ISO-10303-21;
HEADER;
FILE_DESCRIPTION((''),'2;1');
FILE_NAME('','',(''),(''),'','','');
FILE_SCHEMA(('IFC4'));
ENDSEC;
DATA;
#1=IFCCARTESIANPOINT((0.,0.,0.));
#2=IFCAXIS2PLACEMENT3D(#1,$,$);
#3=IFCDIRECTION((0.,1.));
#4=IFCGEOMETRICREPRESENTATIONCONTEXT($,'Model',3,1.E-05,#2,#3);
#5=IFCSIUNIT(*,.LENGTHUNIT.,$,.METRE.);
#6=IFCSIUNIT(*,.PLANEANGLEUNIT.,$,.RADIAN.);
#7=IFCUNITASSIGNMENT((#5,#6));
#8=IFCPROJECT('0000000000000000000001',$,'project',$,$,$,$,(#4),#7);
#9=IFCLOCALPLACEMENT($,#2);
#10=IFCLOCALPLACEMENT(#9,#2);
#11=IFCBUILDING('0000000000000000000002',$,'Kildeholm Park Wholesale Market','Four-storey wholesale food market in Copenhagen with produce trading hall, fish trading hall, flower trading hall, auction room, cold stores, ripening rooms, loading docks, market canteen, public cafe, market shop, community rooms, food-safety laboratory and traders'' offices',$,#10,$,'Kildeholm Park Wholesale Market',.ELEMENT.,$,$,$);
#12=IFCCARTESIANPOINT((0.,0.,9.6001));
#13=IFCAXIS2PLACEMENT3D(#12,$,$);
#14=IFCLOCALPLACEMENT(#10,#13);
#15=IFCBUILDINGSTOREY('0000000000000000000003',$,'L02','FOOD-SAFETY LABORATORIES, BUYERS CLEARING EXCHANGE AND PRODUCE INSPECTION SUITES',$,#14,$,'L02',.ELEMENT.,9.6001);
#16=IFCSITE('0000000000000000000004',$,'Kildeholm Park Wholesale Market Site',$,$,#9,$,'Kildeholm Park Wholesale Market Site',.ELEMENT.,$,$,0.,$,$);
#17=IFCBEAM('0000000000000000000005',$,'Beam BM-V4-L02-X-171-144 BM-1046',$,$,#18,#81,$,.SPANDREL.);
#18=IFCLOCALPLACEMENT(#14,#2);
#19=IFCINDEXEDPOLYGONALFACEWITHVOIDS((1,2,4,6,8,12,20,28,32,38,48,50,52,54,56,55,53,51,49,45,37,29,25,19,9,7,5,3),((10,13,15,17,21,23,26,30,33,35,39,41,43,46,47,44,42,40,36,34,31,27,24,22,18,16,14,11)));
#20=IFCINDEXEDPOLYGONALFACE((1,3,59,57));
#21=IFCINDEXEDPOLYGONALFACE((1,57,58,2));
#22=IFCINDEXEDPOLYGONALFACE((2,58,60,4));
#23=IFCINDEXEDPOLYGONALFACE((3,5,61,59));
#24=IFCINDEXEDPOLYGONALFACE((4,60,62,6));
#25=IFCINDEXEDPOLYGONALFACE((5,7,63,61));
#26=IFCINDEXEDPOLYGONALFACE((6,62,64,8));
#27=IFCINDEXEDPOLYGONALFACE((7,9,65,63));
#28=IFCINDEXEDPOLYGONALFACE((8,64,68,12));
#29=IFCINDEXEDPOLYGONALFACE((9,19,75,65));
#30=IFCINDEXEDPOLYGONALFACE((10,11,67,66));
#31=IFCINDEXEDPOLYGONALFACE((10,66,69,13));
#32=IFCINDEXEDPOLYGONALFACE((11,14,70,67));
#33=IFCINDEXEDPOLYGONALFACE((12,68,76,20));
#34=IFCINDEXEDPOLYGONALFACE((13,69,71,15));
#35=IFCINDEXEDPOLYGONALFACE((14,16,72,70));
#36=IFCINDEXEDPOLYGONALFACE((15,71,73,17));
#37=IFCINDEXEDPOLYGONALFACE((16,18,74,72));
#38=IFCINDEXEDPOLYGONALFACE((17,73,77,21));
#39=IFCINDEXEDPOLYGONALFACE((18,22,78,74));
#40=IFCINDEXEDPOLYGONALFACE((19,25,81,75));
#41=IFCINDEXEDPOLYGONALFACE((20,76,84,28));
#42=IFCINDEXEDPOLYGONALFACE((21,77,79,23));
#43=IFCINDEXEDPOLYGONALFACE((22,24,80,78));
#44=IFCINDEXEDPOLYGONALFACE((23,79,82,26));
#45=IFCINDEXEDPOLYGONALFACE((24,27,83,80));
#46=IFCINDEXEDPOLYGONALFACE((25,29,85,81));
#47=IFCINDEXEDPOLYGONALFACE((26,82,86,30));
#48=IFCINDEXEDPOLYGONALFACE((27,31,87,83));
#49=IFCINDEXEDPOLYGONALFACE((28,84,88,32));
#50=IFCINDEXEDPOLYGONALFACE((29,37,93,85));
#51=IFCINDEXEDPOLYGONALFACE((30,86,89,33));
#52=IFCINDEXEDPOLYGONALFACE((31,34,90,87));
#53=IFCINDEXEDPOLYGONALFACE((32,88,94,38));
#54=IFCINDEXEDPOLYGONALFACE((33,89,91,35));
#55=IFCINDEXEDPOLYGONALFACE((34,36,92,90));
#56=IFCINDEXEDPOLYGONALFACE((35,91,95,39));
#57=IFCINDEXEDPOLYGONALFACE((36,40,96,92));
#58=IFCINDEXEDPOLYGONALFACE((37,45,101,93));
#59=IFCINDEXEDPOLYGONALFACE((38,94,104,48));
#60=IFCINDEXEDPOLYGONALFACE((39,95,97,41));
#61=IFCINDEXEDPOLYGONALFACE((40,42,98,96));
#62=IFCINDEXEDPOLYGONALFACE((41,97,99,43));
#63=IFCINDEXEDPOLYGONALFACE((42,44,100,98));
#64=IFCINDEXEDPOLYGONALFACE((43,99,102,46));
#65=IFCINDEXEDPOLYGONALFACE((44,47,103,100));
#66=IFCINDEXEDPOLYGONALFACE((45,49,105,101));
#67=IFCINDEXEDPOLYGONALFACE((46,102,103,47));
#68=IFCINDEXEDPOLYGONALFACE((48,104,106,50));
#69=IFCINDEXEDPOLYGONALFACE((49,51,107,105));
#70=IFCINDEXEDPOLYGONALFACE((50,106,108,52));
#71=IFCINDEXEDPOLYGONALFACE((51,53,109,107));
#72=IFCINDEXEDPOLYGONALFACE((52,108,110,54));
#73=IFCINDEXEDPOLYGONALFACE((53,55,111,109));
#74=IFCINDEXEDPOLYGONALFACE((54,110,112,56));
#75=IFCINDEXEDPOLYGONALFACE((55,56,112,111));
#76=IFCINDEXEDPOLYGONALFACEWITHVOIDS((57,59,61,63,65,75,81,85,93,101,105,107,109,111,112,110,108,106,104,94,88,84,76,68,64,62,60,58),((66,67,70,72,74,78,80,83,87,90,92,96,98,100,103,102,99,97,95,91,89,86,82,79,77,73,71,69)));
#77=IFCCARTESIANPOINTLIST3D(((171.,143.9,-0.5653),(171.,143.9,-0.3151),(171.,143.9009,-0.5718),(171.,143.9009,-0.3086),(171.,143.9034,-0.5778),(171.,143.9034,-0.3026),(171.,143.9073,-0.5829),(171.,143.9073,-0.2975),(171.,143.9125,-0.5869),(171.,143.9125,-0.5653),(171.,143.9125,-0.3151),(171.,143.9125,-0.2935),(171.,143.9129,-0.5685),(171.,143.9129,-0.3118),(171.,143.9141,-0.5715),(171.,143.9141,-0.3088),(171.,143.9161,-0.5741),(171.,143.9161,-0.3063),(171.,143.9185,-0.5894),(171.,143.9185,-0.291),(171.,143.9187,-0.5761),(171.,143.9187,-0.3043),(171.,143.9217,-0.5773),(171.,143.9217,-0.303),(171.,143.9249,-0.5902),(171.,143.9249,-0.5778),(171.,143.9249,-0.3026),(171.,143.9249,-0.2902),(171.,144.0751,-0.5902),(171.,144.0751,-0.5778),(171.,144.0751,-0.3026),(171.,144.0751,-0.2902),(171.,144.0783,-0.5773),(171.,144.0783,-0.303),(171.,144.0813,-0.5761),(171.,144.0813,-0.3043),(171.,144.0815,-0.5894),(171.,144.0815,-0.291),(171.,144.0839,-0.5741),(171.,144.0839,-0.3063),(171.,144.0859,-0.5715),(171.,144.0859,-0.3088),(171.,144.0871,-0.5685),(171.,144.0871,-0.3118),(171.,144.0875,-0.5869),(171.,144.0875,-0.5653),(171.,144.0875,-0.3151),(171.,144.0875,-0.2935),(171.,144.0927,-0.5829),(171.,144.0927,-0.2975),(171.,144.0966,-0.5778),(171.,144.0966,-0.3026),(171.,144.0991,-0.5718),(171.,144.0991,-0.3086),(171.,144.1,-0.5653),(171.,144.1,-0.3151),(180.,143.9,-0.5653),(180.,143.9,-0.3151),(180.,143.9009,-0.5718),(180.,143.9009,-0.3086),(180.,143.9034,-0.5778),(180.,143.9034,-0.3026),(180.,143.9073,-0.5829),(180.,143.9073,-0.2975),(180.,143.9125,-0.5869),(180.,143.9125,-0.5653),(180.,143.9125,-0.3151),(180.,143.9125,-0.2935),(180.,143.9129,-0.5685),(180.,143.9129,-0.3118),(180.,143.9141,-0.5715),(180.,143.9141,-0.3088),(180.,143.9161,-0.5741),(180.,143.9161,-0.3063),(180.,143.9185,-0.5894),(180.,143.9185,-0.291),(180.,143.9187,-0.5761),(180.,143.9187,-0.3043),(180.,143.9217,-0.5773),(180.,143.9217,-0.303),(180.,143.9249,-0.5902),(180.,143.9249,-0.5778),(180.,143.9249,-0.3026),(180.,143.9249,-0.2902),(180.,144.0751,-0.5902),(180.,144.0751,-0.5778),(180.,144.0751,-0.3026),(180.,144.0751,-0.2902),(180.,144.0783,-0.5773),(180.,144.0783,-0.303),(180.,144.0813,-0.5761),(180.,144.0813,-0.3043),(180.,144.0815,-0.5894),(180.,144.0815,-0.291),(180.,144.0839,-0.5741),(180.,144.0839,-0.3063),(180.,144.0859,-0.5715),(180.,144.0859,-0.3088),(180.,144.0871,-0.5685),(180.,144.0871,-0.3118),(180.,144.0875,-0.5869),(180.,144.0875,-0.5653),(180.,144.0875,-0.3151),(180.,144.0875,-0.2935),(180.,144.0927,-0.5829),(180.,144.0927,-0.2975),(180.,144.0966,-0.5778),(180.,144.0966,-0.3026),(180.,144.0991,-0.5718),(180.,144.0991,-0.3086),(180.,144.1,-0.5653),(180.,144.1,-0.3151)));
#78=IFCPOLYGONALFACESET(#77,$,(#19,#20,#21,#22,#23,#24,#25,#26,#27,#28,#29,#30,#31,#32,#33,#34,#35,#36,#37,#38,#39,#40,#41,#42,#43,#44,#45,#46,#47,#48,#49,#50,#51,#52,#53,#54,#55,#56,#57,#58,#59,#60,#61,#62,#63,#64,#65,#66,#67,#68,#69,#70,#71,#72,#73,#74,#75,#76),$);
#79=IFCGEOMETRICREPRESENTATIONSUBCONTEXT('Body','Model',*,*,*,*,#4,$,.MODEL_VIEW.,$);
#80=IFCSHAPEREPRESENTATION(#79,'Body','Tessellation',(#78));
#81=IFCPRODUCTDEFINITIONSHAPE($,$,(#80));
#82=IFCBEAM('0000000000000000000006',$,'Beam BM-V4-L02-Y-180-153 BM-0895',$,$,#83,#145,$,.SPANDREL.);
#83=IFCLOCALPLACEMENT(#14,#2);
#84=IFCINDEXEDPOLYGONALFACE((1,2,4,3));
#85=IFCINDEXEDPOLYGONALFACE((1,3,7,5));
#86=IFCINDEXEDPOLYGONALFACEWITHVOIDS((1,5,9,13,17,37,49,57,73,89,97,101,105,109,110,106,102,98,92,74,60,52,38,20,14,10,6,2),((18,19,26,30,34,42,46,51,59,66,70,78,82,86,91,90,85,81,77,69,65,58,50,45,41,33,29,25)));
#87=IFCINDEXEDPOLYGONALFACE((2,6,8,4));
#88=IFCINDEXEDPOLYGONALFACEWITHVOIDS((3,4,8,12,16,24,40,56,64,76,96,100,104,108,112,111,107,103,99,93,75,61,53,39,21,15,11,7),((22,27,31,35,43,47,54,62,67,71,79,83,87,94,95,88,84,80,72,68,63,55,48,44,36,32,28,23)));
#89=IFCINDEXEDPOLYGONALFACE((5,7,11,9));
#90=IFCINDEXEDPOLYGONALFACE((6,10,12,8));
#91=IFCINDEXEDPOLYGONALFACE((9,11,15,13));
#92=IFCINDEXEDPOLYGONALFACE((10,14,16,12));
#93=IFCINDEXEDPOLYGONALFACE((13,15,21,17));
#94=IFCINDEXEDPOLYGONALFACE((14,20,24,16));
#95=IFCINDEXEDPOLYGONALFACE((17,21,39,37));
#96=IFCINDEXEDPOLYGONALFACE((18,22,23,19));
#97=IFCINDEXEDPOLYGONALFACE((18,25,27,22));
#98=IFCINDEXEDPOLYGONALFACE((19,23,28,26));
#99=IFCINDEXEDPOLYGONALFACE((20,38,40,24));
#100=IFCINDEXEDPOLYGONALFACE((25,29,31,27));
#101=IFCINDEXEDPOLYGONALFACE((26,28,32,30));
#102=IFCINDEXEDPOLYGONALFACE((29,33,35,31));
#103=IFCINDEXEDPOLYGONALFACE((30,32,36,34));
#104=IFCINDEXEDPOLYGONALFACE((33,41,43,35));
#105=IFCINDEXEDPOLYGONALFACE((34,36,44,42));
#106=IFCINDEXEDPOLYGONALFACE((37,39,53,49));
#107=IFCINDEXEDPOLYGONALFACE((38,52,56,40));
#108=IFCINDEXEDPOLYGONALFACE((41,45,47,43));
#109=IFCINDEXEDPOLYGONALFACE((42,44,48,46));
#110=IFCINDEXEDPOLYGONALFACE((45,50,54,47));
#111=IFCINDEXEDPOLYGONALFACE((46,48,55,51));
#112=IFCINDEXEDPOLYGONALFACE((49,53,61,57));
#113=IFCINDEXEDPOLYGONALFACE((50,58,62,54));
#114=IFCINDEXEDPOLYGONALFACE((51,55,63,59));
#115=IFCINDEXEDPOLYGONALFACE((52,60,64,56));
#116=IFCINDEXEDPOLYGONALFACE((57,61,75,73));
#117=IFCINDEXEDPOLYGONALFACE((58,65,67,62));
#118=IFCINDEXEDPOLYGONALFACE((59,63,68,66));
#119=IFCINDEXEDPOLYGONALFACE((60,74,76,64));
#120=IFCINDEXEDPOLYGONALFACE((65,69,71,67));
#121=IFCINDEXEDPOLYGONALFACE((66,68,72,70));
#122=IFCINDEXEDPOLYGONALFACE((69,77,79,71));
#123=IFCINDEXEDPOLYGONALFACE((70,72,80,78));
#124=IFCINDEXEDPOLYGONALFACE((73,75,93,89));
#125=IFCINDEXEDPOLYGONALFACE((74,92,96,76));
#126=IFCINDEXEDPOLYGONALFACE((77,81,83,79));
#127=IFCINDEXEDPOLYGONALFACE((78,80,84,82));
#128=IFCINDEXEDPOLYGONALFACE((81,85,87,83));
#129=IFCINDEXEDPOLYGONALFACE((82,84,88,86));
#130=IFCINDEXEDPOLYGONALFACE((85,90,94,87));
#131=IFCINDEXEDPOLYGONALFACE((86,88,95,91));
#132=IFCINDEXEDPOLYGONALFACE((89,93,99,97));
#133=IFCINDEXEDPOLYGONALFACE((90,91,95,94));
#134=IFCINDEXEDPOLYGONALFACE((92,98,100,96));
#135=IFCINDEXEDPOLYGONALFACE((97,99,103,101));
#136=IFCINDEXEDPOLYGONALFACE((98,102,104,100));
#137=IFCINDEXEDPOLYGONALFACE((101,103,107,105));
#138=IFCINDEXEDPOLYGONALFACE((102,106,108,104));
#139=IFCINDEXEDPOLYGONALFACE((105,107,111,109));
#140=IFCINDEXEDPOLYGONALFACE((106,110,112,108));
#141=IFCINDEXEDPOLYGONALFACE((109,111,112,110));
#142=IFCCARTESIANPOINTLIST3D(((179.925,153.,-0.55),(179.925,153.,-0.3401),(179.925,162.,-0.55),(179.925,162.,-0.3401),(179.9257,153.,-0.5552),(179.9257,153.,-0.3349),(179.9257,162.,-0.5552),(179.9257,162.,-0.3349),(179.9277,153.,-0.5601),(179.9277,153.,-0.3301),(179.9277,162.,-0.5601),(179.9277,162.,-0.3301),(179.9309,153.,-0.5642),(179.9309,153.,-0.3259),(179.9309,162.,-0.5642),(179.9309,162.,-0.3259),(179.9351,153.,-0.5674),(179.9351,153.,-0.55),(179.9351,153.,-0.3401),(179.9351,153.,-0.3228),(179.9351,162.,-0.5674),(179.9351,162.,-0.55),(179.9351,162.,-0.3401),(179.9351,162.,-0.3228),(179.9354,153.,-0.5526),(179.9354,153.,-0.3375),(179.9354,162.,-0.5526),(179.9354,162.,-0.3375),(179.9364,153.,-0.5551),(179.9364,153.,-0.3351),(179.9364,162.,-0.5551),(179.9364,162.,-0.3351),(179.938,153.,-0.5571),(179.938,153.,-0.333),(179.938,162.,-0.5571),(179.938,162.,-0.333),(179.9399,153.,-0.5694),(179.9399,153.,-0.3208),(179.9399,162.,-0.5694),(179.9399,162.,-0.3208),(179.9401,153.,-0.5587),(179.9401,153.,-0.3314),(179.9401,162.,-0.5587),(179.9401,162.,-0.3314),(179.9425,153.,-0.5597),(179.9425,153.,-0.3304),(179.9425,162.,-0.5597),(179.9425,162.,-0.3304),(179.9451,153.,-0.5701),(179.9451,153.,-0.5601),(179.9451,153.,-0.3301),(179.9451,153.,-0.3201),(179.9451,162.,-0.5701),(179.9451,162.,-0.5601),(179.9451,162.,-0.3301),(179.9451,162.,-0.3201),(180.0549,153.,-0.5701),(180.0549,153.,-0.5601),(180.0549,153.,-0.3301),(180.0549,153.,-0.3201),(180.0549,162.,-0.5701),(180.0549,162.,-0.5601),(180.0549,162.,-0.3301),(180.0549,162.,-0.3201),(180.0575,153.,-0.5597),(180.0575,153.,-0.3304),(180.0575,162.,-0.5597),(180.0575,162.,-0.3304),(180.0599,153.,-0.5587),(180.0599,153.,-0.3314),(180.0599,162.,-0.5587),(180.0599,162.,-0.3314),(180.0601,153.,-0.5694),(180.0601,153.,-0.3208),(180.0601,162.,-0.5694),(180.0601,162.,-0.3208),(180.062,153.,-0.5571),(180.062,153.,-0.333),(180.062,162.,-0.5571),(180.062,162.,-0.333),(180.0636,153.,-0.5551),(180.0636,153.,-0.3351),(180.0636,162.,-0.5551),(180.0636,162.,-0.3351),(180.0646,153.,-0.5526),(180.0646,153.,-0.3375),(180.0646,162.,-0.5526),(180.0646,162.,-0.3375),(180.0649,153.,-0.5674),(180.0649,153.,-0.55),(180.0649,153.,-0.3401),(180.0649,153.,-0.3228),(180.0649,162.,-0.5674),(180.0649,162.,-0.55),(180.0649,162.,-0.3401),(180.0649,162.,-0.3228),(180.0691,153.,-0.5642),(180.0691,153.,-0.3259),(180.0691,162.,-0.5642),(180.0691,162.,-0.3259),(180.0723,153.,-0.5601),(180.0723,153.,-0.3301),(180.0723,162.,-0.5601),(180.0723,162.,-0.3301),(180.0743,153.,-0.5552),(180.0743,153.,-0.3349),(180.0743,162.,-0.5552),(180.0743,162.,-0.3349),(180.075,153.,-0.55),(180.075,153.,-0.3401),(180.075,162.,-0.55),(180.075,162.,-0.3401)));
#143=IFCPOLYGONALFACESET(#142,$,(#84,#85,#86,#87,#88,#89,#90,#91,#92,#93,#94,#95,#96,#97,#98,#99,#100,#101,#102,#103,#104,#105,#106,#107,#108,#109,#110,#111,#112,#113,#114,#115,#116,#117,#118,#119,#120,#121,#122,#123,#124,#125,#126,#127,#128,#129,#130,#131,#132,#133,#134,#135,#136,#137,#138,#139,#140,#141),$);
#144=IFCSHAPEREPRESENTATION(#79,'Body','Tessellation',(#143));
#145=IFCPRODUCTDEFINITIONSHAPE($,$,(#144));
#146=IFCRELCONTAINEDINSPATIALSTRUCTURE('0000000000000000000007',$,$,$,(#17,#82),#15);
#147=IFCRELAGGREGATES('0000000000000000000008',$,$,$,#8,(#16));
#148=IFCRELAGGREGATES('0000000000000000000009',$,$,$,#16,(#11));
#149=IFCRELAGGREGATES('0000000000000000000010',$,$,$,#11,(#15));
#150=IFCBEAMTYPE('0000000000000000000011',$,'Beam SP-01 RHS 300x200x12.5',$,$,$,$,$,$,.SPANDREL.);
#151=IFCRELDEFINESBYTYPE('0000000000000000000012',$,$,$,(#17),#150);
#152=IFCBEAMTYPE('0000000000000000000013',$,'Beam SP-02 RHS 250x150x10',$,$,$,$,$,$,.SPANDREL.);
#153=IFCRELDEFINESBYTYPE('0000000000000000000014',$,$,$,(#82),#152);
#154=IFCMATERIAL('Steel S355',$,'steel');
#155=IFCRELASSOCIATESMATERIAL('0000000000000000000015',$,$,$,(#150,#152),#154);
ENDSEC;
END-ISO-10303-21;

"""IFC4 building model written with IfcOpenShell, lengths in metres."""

from ifc_helpers import new_model, si_unit, direction, frame, origin, origin_2d, place, context, subcontext, project, spatial, hollow_rectangle, extrude, material, material_profile, profile_set, type_object, element, save


model = new_model("IFC4")

# Units and contexts
model_context = context("Model", 3, precision=1e-05, world=origin(), true_north=direction((0.0, 1.0)))
body_context = subcontext(model_context, "Body", "Model", "MODEL_VIEW")
ifc_project = project(units=[si_unit("LENGTHUNIT", "METRE"), si_unit("PLANEANGLEUNIT", "RADIAN")], contexts=[model_context])

# Site, building, storey
site_placement = place(None, origin())
site = spatial("IfcSite", under=ifc_project, at=site_placement, Name="Kildeholm Park Wholesale Market Site", LongName="Kildeholm Park Wholesale Market Site", CompositionType="ELEMENT", RefElevation=0.0)
building_placement = place(site_placement, origin())
building = spatial("IfcBuilding", under=site, at=building_placement, Name="Kildeholm Park Wholesale Market", Description="Four-storey wholesale food market in Copenhagen with produce trading hall, fish trading hall, flower trading hall, auction room, cold stores, ripening rooms, loading docks, market canteen, public cafe, market shop, community rooms, food-safety laboratory and traders' offices", LongName="Kildeholm Park Wholesale Market", CompositionType="ELEMENT")
storey_placement = place(building_placement, frame((0.0, 0.0, 9.6001)))
storey = spatial("IfcBuildingStorey", under=building, at=storey_placement, Name="L02", Description="FOOD-SAFETY LABORATORIES, BUYERS CLEARING EXCHANGE AND PRODUCE INSPECTION SUITES", LongName="L02", CompositionType="ELEMENT", Elevation=9.6001)

# Beams
ifc_material_1 = material(Name="Steel S355", Category="steel")
ifc_material_profile_1 = material_profile(ifc_material_1, hollow_rectangle(XDim=0.2, YDim=0.3, WallThickness=0.0125, InnerFilletRadius=0.0125, OuterFilletRadius=0.0249, at=origin_2d()), Name="RHS 300x200x12.5")
ifc_profile_set_1 = profile_set([ifc_material_profile_1], Name="Steel S355")
beam_type_1 = type_object("IfcBeamType", Name="Beam SP-01 RHS 300x200x12.5", PredefinedType="SPANDREL", material=ifc_profile_set_1)
for number, where, z_axis, x_axis, name in (
    (1, (171.0, 144.0, -0.4402), (1.0, 0.0, 0.0), (0.0, 1.0, 0.0), "Beam BM-V4-L02-X-171-144 BM-1046"),
):
    element("IfcBeam", number, at=place(storey_placement, frame(where, z_axis=z_axis, x_axis=x_axis)), inside=storey, type_object=beam_type_1, Name=name, PredefinedType="SPANDREL", context=body_context, shape_type="SweptSolid", body=[
        extrude(hollow_rectangle(XDim=0.2, YDim=0.3, WallThickness=0.0125, InnerFilletRadius=0.0125, OuterFilletRadius=0.0249, at=origin_2d()), origin(), (0.0, 0.0, 1.0), 9.0),
    ])
ifc_material_profile_2 = material_profile(ifc_material_1, hollow_rectangle(XDim=0.1499, YDim=0.25, WallThickness=0.01, InnerFilletRadius=0.01, OuterFilletRadius=0.02, at=origin_2d()), Name="RHS 250x150x10")
ifc_profile_set_2 = profile_set([ifc_material_profile_2], Name="Steel S355")
beam_type_2 = type_object("IfcBeamType", Name="Beam SP-02 RHS 250x150x10", PredefinedType="SPANDREL", material=ifc_profile_set_2)
for number, where, z_axis, x_axis, name in (
    (2, (180.0, 153.0, -0.4451), (0.0, 1.0, 0.0), (-1.0, 0.0, 0.0), "Beam BM-V4-L02-Y-180-153 BM-0895"),
):
    element("IfcBeam", number, at=place(storey_placement, frame(where, z_axis=z_axis, x_axis=x_axis)), inside=storey, type_object=beam_type_2, Name=name, PredefinedType="SPANDREL", context=body_context, shape_type="SweptSolid", body=[
        extrude(hollow_rectangle(XDim=0.1499, YDim=0.25, WallThickness=0.01, InnerFilletRadius=0.01, OuterFilletRadius=0.02, at=origin_2d()), origin(), (0.0, 0.0, 1.0), 9.0),
    ])

save(model, "model.ifc")
